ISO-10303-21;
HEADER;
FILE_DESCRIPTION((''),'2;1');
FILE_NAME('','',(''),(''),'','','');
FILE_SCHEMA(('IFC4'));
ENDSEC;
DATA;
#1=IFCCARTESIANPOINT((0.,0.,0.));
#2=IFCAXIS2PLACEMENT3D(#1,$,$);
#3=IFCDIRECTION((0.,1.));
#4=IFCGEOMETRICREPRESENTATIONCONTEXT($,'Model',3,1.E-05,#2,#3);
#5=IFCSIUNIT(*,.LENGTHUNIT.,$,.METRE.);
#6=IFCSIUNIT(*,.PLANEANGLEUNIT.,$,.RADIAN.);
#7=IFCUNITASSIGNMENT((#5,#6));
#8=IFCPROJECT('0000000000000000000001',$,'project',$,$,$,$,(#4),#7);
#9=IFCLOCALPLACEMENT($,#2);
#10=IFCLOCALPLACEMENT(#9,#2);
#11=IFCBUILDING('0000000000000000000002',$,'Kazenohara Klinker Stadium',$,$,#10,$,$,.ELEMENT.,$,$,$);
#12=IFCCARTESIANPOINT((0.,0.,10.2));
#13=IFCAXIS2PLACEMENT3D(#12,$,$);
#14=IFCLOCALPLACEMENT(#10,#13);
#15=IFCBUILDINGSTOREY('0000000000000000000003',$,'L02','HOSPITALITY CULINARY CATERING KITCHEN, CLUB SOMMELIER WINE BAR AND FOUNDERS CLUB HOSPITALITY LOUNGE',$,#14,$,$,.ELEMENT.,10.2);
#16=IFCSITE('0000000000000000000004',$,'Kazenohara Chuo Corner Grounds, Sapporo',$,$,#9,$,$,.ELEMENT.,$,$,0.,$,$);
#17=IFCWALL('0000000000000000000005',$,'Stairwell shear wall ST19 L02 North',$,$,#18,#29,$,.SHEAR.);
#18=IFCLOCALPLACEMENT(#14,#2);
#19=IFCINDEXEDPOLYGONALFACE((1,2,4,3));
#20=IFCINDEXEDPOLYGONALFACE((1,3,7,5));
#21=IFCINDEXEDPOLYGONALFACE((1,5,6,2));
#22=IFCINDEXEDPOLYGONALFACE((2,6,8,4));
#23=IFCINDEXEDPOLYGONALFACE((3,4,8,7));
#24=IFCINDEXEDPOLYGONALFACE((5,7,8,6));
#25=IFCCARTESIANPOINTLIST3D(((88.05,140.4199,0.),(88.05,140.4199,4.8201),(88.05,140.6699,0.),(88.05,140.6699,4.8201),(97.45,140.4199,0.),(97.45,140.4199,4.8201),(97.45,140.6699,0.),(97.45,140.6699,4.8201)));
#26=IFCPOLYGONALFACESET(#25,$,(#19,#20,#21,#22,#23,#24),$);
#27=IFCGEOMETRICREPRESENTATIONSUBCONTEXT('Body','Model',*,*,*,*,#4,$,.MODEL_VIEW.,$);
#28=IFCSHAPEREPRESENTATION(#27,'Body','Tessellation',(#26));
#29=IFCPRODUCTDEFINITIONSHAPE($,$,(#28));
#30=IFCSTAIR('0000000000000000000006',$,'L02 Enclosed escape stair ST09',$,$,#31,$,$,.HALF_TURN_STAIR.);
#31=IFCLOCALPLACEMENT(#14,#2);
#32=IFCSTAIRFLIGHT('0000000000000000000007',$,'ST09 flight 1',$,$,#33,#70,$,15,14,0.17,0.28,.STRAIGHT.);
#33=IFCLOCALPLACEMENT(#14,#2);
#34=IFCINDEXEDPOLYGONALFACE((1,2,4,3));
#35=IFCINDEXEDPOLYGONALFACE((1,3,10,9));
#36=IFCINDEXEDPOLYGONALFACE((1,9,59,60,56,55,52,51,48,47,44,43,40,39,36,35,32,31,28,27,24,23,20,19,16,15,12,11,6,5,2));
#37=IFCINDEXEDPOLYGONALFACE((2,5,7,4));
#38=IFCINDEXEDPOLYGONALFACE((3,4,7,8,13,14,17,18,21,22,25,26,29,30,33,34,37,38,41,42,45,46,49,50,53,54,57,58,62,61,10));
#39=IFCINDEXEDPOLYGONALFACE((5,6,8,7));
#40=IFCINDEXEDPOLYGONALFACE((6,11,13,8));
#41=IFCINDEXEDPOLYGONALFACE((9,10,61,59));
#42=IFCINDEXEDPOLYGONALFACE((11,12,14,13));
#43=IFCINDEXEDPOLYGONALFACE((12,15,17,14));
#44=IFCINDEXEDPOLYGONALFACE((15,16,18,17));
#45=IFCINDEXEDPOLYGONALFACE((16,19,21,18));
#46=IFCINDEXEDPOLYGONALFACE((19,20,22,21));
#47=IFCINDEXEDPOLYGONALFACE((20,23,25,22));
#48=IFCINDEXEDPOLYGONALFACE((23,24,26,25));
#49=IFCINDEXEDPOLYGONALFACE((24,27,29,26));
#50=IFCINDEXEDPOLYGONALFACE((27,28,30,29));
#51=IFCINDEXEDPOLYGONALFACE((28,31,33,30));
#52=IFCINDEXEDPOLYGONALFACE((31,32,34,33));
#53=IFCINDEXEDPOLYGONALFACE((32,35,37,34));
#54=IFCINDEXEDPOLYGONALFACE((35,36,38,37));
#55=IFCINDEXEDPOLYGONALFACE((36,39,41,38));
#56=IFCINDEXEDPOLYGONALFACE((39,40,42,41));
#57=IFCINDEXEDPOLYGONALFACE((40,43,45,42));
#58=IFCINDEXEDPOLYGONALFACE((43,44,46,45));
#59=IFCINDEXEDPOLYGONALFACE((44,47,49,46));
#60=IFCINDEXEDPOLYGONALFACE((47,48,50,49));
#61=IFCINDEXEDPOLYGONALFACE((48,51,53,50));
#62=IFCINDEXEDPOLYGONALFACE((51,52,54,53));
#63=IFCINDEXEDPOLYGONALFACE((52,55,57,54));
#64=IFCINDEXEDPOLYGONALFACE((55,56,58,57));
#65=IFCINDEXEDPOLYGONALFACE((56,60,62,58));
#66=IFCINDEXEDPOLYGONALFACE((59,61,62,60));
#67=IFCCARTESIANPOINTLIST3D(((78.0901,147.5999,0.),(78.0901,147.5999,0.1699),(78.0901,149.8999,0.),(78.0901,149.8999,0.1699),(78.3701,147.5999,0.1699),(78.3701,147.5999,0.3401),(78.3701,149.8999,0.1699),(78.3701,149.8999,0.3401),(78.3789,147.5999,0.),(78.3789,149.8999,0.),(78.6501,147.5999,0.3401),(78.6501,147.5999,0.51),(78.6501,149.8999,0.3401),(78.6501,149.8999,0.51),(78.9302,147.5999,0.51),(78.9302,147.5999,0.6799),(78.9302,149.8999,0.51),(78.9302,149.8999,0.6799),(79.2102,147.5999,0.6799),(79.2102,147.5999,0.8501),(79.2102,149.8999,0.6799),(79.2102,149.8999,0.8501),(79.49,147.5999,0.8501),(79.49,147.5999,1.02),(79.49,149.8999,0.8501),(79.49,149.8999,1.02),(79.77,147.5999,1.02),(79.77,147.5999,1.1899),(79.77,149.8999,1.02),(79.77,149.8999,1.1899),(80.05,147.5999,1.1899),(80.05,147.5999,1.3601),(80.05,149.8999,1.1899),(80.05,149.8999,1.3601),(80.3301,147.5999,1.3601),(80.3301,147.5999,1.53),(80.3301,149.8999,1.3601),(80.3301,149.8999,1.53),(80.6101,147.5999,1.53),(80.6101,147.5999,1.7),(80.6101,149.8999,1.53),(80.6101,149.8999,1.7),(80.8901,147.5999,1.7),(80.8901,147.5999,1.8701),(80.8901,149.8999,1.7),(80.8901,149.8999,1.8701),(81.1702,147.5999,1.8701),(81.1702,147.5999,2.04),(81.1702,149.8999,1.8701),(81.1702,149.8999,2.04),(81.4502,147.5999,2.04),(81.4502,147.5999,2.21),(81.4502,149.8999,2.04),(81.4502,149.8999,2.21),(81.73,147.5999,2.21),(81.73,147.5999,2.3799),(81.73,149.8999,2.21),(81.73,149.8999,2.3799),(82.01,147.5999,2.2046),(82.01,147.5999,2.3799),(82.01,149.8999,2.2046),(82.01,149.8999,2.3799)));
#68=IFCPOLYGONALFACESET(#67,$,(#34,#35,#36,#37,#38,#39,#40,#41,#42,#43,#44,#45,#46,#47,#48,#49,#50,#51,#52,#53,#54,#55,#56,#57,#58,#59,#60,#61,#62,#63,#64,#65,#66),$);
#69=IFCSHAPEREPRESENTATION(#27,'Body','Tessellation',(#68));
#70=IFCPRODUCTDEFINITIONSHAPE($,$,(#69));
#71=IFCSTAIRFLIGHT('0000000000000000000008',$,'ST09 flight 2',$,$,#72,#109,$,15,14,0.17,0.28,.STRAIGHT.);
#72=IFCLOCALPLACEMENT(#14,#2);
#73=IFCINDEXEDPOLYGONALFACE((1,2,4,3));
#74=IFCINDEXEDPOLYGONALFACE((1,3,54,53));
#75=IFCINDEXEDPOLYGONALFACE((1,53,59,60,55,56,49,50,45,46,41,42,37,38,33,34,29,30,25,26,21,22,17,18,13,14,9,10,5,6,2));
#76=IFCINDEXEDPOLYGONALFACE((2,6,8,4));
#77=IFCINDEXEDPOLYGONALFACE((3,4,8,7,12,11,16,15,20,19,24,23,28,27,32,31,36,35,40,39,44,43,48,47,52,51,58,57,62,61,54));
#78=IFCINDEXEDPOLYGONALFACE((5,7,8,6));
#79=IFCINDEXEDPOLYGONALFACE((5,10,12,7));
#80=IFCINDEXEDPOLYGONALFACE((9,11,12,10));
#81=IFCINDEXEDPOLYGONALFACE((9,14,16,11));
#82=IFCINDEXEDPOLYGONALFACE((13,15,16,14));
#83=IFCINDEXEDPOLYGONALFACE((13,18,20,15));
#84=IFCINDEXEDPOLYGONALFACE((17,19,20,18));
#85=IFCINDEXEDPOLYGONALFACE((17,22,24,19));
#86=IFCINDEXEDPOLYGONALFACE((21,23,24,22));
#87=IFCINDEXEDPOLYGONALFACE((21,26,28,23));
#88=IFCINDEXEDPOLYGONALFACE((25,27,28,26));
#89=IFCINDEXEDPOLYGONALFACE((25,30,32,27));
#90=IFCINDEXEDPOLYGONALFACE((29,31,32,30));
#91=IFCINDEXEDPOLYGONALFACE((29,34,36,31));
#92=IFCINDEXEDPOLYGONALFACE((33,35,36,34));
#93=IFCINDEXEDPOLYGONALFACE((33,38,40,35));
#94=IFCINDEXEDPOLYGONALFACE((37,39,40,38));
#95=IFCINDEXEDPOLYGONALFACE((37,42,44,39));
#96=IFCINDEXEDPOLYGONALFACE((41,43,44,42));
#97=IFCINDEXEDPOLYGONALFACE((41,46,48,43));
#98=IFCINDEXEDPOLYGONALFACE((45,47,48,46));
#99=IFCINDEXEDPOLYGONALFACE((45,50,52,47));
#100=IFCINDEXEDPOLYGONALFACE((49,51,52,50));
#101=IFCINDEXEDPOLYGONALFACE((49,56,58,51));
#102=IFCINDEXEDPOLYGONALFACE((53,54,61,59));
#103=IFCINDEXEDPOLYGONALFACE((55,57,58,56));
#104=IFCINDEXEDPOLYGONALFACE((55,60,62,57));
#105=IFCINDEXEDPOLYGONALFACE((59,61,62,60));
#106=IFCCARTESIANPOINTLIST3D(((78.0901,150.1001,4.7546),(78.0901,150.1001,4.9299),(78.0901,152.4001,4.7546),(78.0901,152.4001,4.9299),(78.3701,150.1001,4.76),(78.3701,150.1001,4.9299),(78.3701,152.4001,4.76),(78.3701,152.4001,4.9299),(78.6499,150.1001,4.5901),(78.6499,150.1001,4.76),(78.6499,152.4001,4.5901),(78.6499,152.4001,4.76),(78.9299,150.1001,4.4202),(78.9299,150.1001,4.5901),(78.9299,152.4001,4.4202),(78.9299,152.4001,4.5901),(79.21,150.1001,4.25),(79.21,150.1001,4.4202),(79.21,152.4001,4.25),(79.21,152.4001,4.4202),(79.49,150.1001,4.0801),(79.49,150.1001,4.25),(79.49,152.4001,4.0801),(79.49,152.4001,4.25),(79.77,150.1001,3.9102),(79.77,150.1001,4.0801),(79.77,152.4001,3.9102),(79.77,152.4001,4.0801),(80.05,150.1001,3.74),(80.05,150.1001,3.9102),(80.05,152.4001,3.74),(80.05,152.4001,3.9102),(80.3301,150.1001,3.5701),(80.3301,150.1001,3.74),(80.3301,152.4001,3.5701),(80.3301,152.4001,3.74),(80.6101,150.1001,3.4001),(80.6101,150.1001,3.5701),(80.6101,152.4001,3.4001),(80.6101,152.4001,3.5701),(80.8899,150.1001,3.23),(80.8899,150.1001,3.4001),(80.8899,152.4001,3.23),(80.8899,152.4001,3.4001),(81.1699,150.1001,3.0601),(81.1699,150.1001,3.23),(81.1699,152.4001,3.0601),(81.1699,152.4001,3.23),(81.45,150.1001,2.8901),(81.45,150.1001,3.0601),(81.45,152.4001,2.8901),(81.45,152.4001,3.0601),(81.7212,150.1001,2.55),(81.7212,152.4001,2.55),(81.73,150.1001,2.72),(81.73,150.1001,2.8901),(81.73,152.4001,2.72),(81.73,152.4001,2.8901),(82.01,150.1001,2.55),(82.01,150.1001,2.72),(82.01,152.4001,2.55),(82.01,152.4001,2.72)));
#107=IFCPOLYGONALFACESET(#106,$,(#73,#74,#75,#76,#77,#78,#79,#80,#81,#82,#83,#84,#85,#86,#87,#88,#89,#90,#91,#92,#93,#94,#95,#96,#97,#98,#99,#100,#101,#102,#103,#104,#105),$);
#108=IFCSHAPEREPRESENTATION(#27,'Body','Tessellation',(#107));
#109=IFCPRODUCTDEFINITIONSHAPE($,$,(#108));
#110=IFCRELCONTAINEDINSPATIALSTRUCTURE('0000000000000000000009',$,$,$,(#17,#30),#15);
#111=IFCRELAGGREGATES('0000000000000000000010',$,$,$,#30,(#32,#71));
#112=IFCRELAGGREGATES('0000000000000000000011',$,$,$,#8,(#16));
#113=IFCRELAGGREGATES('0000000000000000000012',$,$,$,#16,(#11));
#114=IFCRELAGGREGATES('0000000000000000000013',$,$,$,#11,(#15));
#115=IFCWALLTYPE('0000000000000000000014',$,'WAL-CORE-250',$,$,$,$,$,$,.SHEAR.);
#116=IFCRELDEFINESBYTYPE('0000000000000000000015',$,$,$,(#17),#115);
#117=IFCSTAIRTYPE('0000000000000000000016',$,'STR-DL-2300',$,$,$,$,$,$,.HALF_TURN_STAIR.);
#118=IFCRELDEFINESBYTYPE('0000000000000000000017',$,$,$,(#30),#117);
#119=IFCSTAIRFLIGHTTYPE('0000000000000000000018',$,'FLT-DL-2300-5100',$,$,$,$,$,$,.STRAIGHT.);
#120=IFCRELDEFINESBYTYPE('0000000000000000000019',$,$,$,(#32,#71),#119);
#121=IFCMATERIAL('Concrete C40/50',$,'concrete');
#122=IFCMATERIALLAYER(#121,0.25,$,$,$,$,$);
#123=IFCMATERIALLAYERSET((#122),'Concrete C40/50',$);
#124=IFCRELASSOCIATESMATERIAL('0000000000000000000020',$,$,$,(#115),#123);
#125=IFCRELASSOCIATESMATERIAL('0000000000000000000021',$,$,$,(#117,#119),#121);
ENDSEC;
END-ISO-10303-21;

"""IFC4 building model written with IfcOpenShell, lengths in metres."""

from ifc_helpers import new_model, si_unit, direction, frame, frame_2d, origin, place, context, subcontext, project, spatial, polyline, rectangle, outline, extrude, material, layer, layer_set, type_object, element, aggregate, save


model = new_model("IFC4")

# Units and contexts
model_context = context("Model", 3, precision=1e-05, world=origin(), true_north=direction((0.0, 1.0)))
body_context = subcontext(model_context, "Body", "Model", "MODEL_VIEW")
ifc_project = project(units=[si_unit("LENGTHUNIT", "METRE"), si_unit("PLANEANGLEUNIT", "RADIAN")], contexts=[model_context])

# Site, building, storey
site_placement = place(None, origin())
site = spatial("IfcSite", under=ifc_project, at=site_placement, Name="Kazenohara Chuo Corner Grounds, Sapporo", CompositionType="ELEMENT", RefElevation=0.0)
building_placement = place(site_placement, origin())
building = spatial("IfcBuilding", under=site, at=building_placement, Name="Kazenohara Klinker Stadium", CompositionType="ELEMENT")
storey_placement = place(building_placement, frame((0.0, 0.0, 10.2)))
storey = spatial("IfcBuildingStorey", under=building, at=storey_placement, Name="L02", Description="HOSPITALITY CULINARY CATERING KITCHEN, CLUB SOMMELIER WINE BAR AND FOUNDERS CLUB HOSPITALITY LOUNGE", CompositionType="ELEMENT", Elevation=10.2)

# Shared definitions
ifc_material_1 = material(Name="Concrete C40/50", Category="concrete")

# Shared definitions
ifc_layer_1 = layer(ifc_material_1, 0.25)
ifc_layer_set_1 = layer_set([ifc_layer_1], Name="Concrete C40/50")
wall_type = type_object("IfcWallType", Name="WAL-CORE-250", PredefinedType="SHEAR", material=ifc_layer_set_1)

# Wall
wall_1_placement = place(storey_placement, frame((88.05, 140.5449, 0.0), z_axis=(0.0, 0.0, 1.0), x_axis=(1.0, 0.0, 0.0)))
element("IfcWall", 1, at=wall_1_placement, inside=storey, type_object=wall_type, Name="Stairwell shear wall ST19 L02 North", PredefinedType="SHEAR", context=body_context, shape_type="SweptSolid", body=[
    extrude(rectangle(XDim=9.3999, YDim=0.25, at=frame_2d((4.7, 0.0))), origin(), (0.0, 0.0, 1.0), 4.8201),
])

# Stair, stair flights
stair_type = type_object("IfcStairType", Name="STR-DL-2300", PredefinedType="HALF_TURN_STAIR", material=ifc_material_1)
stair_placement = place(storey_placement, origin())
stair = element("IfcStair", 2, at=stair_placement, inside=storey, type_object=stair_type, Name="L02 Enclosed escape stair ST09", PredefinedType="HALF_TURN_STAIR")
stair_flight_type = type_object("IfcStairFlightType", Name="FLT-DL-2300-5100", PredefinedType="STRAIGHT", material=ifc_material_1)
stair_flight_1_placement = place(storey_placement, frame((78.0901, 148.75, 0.0), z_axis=(0.0, 0.0, 1.0), x_axis=(1.0, 0.0, 0.0)))
stair_flight_1 = element("IfcStairFlight", 3, at=stair_flight_1_placement, type_object=stair_flight_type, Name="ST09 flight 1", NumberOfRisers=15, NumberOfTreads=14, PredefinedType="STRAIGHT", RiserHeight=0.17, TreadLength=0.28, context=body_context, shape_type="SweptSolid", body=[
    extrude(outline(polyline([(0.0, 0.0), (0.0, 0.1699), (0.28, 0.1699), (0.28, 0.3401), (0.5601, 0.3401), (0.5601, 0.51), (0.8401, 0.51), (0.8401, 0.6799), (1.1201, 0.6799), (1.1201, 0.8501), (1.3999, 0.8501), (1.3999, 1.02), (1.6799, 1.02), (1.6799, 1.1899), (1.96, 1.1899), (1.96, 1.3601), (2.24, 1.3601), (2.24, 1.53), (2.52, 1.53), (2.52, 1.7), (2.8, 1.7), (2.8, 1.8701), (3.0801, 1.8701), (3.0801, 2.04), (3.3601, 2.04), (3.3601, 2.21), (3.6399, 2.21), (3.6399, 2.3799), (3.9199, 2.3799), (3.9199, 2.55), (3.9199, 2.2046), (0.2888, 0.0), (0.0, 0.0)])), frame((0.0, 1.1499, 0.0), z_axis=(0.0, -1.0, 0.0), x_axis=(1.0, 0.0, 0.0)), (0.0, 0.0, 1.0), 2.3),
])
stair_flight_2_placement = place(storey_placement, frame((82.01, 151.25, 2.55), z_axis=(0.0, 0.0, 1.0), x_axis=(-1.0, 0.0, 0.0)))
stair_flight_2 = element("IfcStairFlight", 4, at=stair_flight_2_placement, type_object=stair_flight_type, Name="ST09 flight 2", NumberOfRisers=15, NumberOfTreads=14, PredefinedType="STRAIGHT", RiserHeight=0.17, TreadLength=0.28, context=body_context, shape_type="SweptSolid", body=[
    extrude(outline(polyline([(0.0, 0.0), (0.0, 0.1699), (0.28, 0.1699), (0.28, 0.3401), (0.5601, 0.3401), (0.5601, 0.51), (0.8401, 0.51), (0.8401, 0.6799), (1.1201, 0.6799), (1.1201, 0.8501), (1.3999, 0.8501), (1.3999, 1.02), (1.6799, 1.02), (1.6799, 1.1899), (1.96, 1.1899), (1.96, 1.3601), (2.24, 1.3601), (2.24, 1.53), (2.52, 1.53), (2.52, 1.7), (2.8, 1.7), (2.8, 1.8701), (3.0801, 1.8701), (3.0801, 2.04), (3.3601, 2.04), (3.3601, 2.21), (3.6399, 2.21), (3.6399, 2.3799), (3.9199, 2.3799), (3.9199, 2.55), (3.9199, 2.2046), (0.2888, 0.0), (0.0, 0.0)])), frame((0.0, 1.1499, 0.0), z_axis=(0.0, -1.0, 0.0), x_axis=(1.0, 0.0, 0.0)), (0.0, 0.0, 1.0), 2.3),
])
aggregate(stair, [stair_flight_1, stair_flight_2])

save(model, "model.ifc")
